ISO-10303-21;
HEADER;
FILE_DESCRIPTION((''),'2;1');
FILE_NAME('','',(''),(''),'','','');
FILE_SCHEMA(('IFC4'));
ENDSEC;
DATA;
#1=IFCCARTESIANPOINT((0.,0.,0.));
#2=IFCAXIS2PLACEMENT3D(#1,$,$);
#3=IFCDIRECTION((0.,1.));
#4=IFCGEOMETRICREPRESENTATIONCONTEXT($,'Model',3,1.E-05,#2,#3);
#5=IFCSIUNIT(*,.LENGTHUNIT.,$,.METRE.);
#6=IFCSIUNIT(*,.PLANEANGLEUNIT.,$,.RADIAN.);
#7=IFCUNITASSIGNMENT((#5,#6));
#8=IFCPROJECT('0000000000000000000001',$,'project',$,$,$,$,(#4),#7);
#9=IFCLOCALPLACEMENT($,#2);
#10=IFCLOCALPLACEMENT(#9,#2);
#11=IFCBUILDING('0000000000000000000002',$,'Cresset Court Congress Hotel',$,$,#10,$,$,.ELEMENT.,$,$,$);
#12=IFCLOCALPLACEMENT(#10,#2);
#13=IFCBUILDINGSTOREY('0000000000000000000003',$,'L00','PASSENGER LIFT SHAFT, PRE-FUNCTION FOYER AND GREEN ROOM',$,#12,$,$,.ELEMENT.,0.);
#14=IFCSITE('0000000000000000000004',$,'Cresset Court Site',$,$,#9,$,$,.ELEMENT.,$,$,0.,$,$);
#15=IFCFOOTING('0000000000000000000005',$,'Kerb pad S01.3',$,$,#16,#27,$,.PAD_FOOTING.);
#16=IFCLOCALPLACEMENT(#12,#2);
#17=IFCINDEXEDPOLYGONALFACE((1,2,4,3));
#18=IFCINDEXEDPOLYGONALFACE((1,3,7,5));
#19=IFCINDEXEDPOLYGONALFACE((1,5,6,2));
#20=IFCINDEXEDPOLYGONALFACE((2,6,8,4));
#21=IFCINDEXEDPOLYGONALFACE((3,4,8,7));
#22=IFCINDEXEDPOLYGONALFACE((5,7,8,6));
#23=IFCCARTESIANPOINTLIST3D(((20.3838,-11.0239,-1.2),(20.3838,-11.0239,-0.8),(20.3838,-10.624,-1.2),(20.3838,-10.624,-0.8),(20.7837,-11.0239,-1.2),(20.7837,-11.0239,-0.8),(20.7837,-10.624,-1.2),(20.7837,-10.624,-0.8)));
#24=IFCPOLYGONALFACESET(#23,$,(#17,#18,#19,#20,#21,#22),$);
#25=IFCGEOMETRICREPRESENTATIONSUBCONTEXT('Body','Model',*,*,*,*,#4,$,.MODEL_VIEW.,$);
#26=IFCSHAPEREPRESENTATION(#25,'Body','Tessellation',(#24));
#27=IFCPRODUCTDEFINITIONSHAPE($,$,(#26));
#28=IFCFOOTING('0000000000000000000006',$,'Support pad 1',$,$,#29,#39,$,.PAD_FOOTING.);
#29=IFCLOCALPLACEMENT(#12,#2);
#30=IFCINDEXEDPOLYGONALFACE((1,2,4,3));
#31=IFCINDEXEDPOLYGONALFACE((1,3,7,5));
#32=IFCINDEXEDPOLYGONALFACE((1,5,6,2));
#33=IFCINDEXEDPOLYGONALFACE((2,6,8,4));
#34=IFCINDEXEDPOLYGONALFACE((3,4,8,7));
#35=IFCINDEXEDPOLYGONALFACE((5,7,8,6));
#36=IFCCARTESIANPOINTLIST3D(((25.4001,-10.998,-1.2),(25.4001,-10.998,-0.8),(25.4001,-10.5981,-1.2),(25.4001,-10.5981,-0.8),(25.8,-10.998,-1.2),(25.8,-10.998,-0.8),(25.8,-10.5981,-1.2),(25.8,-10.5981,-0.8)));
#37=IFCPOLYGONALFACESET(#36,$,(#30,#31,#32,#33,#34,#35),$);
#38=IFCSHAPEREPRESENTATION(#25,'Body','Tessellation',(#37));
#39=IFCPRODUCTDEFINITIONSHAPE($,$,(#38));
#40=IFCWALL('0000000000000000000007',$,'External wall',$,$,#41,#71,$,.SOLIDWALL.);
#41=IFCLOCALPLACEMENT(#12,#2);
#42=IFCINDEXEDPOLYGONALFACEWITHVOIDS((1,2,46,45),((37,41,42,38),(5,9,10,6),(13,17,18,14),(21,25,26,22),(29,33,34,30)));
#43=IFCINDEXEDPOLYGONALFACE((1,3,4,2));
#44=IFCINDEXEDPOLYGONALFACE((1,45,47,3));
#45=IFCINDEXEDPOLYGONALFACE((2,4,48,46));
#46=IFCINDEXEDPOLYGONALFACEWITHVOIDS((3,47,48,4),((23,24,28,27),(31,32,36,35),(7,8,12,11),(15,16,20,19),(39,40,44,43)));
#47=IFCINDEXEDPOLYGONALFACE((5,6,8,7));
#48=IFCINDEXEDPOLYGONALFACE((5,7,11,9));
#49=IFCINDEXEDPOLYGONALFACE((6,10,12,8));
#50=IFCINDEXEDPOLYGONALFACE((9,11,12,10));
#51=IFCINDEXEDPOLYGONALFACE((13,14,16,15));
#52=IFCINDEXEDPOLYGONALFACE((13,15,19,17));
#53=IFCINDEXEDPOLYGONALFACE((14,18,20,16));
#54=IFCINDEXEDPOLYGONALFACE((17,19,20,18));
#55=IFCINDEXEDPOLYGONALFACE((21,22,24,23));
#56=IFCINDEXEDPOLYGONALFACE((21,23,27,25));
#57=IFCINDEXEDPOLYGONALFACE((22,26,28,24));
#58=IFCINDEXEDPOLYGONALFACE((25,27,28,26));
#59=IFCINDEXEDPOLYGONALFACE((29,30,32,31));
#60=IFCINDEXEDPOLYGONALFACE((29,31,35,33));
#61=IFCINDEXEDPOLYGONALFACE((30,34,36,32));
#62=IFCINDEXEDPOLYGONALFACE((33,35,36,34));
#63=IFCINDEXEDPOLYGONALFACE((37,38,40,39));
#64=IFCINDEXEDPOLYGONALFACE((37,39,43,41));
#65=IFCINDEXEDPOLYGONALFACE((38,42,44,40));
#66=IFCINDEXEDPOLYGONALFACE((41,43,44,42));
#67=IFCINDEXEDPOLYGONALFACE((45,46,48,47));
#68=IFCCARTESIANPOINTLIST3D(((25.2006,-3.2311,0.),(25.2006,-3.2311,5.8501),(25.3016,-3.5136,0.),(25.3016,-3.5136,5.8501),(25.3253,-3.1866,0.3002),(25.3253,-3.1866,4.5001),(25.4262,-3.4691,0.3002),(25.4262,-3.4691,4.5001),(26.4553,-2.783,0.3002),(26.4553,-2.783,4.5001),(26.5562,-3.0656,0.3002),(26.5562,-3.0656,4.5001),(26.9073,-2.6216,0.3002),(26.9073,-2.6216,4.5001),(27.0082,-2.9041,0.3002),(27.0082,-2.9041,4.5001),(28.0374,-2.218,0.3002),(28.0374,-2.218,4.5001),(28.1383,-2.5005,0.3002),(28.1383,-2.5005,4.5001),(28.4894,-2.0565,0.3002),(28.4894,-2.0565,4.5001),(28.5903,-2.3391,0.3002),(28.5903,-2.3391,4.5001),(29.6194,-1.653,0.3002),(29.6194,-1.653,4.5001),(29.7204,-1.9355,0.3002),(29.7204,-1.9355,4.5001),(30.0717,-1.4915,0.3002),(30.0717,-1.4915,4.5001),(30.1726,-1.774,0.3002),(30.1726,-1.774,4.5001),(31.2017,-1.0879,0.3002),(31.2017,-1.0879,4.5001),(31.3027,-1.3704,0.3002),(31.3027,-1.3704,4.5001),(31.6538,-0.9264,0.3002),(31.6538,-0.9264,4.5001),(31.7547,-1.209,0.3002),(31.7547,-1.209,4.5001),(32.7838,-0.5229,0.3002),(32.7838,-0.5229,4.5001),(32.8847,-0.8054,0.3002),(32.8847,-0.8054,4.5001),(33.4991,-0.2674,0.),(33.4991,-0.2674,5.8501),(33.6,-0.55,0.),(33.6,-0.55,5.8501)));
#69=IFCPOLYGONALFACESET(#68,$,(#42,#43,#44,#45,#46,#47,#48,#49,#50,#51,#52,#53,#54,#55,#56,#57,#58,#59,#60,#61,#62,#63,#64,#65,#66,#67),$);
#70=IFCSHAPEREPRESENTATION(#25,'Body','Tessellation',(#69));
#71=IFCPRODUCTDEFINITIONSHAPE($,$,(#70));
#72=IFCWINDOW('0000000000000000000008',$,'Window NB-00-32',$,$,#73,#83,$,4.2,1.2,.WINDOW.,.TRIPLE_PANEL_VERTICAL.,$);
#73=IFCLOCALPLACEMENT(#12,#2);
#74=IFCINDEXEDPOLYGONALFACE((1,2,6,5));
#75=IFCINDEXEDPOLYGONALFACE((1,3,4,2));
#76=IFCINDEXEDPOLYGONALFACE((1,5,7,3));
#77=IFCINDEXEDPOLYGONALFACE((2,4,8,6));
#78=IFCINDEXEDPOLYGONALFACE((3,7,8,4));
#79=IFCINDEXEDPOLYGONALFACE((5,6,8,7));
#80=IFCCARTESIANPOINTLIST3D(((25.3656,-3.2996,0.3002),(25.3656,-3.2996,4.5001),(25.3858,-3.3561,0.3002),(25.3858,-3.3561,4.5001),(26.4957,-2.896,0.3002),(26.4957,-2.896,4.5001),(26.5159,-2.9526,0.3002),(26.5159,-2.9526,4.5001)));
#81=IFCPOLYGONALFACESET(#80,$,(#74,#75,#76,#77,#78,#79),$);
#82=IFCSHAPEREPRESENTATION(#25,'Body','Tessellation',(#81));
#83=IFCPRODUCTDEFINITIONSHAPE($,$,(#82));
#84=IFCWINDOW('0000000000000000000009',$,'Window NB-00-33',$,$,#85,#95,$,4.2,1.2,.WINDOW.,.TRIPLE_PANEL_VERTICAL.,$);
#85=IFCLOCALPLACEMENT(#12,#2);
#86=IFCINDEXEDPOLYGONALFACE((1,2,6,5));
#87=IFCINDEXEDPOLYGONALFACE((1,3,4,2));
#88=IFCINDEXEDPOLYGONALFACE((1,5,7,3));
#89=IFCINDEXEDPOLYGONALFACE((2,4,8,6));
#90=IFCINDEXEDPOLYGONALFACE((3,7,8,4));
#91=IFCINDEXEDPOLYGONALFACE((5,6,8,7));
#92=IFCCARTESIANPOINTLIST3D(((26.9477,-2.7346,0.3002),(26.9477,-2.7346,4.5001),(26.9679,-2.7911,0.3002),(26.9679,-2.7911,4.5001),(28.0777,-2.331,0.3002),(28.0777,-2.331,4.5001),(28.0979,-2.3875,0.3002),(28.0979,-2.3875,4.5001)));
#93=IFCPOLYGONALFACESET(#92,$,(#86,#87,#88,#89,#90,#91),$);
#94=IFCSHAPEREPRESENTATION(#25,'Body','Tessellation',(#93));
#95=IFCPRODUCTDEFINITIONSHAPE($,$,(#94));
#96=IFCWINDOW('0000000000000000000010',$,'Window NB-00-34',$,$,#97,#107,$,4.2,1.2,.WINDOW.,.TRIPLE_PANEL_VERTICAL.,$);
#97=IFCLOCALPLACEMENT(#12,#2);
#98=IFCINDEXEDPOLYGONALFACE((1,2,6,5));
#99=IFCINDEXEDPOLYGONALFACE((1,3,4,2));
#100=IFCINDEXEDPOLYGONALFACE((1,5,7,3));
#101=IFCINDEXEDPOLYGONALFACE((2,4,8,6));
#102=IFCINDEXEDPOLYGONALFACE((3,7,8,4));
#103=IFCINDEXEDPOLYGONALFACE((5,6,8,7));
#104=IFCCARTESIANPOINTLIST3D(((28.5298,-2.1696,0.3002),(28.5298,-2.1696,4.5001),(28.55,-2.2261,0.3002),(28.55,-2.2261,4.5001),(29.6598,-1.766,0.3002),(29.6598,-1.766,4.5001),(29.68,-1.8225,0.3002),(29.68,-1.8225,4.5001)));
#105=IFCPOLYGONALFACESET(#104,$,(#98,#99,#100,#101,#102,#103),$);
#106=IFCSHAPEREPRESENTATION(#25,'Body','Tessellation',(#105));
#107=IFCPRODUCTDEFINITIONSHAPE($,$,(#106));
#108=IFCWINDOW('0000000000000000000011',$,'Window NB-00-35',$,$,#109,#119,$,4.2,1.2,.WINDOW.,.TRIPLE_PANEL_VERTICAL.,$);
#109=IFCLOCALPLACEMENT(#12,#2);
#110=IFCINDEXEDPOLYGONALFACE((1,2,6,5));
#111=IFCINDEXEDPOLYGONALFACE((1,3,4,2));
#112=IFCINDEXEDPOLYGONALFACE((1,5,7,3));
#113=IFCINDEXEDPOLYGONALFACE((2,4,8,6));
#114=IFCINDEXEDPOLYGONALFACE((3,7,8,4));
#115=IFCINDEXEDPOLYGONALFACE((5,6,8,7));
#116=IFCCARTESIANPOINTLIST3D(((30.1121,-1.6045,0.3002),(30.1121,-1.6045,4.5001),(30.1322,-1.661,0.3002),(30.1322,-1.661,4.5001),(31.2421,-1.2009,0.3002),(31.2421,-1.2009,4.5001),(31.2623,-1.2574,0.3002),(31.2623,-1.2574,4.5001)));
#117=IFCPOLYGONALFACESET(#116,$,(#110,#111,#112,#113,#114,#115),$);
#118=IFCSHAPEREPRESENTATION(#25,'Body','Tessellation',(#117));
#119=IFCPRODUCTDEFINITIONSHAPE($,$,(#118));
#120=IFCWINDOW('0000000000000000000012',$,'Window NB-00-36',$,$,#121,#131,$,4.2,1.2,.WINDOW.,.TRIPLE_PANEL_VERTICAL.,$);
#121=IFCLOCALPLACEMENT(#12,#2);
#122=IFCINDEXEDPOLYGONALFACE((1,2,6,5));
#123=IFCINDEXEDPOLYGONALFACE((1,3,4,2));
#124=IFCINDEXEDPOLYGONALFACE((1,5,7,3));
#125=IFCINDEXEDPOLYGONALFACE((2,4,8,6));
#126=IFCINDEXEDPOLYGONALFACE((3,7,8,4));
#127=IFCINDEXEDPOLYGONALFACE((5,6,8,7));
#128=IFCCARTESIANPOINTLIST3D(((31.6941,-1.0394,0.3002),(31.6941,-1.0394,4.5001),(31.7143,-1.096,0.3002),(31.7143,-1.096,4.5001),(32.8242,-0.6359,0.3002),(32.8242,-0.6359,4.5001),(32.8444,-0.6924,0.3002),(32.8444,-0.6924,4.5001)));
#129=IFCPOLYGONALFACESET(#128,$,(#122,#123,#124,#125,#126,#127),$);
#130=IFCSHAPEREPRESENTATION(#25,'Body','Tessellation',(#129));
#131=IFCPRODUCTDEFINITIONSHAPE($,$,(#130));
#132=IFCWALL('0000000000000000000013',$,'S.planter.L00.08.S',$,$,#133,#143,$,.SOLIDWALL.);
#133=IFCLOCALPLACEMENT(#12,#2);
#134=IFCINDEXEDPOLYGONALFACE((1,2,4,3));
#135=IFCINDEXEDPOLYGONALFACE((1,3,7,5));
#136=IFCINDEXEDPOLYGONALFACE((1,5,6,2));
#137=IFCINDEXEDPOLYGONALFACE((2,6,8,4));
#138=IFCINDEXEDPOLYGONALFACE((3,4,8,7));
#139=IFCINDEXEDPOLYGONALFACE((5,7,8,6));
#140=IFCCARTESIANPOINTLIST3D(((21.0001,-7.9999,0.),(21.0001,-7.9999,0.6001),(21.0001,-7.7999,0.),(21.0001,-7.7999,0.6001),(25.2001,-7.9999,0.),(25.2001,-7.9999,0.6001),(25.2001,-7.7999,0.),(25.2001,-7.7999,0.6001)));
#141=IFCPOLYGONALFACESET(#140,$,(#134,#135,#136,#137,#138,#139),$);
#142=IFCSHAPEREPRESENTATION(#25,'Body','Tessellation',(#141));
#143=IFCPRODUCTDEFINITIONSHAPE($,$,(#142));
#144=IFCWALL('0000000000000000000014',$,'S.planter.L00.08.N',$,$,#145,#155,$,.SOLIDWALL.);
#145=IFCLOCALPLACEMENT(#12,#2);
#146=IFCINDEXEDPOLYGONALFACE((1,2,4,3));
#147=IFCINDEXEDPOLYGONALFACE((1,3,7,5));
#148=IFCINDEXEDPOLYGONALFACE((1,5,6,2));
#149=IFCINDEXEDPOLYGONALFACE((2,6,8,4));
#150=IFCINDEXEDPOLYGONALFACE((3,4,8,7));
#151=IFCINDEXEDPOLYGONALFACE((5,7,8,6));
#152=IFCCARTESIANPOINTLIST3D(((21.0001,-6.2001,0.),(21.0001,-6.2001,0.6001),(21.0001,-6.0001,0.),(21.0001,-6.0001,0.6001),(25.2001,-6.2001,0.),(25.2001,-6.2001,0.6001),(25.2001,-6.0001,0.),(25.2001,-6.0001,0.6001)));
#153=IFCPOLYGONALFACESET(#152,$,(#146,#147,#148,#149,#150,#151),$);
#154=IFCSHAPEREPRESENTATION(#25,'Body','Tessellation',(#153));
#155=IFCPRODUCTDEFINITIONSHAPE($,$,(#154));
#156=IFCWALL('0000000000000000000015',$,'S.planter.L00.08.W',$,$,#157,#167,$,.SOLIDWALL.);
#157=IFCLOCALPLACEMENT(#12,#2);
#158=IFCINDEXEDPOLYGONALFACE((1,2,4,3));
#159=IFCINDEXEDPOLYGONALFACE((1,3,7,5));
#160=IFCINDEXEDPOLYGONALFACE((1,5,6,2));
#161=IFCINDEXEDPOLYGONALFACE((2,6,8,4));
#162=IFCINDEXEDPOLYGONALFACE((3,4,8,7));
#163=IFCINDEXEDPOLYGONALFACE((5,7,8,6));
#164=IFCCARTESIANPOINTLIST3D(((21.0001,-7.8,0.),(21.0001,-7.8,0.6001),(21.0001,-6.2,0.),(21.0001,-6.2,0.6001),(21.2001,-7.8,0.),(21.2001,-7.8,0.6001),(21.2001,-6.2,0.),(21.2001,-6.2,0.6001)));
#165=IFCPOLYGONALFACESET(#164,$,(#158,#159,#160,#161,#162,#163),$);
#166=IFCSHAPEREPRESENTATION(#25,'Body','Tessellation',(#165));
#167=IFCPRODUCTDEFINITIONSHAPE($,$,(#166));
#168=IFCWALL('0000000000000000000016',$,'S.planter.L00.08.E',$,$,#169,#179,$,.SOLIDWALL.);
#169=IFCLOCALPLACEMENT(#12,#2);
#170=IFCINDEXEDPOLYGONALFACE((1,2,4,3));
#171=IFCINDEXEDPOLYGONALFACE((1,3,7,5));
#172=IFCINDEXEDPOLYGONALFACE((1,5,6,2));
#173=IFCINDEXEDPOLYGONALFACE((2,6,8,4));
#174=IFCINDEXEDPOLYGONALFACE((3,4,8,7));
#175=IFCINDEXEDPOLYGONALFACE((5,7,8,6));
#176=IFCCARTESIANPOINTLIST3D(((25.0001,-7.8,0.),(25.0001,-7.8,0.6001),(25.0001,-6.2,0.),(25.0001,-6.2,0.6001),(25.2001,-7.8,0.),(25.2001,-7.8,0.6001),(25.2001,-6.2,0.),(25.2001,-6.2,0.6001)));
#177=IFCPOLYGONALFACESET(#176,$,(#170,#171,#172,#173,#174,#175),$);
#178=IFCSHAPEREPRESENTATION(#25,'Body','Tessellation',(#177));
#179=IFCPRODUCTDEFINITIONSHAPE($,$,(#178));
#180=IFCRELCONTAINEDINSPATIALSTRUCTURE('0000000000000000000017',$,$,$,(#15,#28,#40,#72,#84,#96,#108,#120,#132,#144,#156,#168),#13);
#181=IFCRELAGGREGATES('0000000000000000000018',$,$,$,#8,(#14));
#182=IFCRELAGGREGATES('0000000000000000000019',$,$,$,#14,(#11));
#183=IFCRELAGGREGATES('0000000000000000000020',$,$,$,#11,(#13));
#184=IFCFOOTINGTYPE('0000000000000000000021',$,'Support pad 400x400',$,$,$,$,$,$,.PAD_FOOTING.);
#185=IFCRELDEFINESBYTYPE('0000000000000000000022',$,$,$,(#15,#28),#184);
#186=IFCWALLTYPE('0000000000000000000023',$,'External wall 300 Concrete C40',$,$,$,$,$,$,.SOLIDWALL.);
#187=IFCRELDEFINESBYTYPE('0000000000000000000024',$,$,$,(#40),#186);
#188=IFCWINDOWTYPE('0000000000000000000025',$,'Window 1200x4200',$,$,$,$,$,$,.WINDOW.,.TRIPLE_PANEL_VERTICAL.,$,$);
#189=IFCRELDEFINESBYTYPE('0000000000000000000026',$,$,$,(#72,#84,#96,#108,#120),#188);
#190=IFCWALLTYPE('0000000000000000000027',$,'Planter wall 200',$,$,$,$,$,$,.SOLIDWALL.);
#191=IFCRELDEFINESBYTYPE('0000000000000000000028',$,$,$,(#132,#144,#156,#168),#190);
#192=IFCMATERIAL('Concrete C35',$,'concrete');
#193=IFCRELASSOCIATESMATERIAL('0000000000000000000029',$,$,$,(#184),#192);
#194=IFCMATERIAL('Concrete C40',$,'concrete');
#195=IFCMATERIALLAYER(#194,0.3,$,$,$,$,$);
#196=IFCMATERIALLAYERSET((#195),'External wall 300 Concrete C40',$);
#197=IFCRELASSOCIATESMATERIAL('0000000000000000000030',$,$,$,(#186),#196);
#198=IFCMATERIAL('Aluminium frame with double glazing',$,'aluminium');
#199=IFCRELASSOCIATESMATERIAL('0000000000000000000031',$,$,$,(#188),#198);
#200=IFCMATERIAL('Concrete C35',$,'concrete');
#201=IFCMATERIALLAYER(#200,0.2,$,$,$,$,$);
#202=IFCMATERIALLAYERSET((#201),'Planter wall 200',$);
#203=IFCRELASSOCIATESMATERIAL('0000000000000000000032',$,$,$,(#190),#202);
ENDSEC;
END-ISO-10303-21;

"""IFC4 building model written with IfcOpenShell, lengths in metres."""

from ifc_helpers import new_model, si_unit, direction, frame, frame_2d, origin, origin_2d, place, context, subcontext, project, spatial, rectangle, extrude, material, layer, layer_set, type_object, element, fill, save


model = new_model("IFC4")

# Units and contexts
model_context = context("Model", 3, precision=1e-05, world=origin(), true_north=direction((0.0, 1.0)))
body_context = subcontext(model_context, "Body", "Model", "MODEL_VIEW")
ifc_project = project(units=[si_unit("LENGTHUNIT", "METRE"), si_unit("PLANEANGLEUNIT", "RADIAN")], contexts=[model_context])

# Site, building, storey
site_placement = place(None, origin())
site = spatial("IfcSite", under=ifc_project, at=site_placement, Name="Cresset Court Site", CompositionType="ELEMENT", RefElevation=0.0)
building_placement = place(site_placement, origin())
building = spatial("IfcBuilding", under=site, at=building_placement, Name="Cresset Court Congress Hotel", CompositionType="ELEMENT")
storey_placement = place(building_placement, origin())
storey = spatial("IfcBuildingStorey", under=building, at=storey_placement, Name="L00", Description="PASSENGER LIFT SHAFT, PRE-FUNCTION FOYER AND GREEN ROOM", CompositionType="ELEMENT", Elevation=0.0)

# Footings
ifc_material_1 = material(Name="Concrete C35", Category="concrete")
footing_type = type_object("IfcFootingType", Name="Support pad 400x400", PredefinedType="PAD_FOOTING", material=ifc_material_1)
for number, where, z_axis, x_axis, name in (
    (1, (20.5837, -10.824, -1.2), (0.0, 0.0, 1.0), (1.0, 0.0, 0.0), "Kerb pad S01.3"),
    (2, (25.6001, -10.7981, -1.2), (0.0, 0.0, 1.0), (1.0, 0.0, 0.0), "Support pad 1"),
):
    element("IfcFooting", number, at=place(storey_placement, frame(where, z_axis=z_axis, x_axis=x_axis)), inside=storey, type_object=footing_type, Name=name, PredefinedType="PAD_FOOTING", context=body_context, shape_type="SweptSolid", body=[
        extrude(rectangle(XDim=0.3999, YDim=0.3999, at=origin_2d()), origin(), (0.0, 0.0, 1.0), 0.3999),
    ])

# Wall, openings, windows
ifc_material_2 = material(Name="Concrete C40", Category="concrete")
ifc_layer_1 = layer(ifc_material_2, 0.3)
ifc_layer_set_1 = layer_set([ifc_layer_1], Name="External wall 300 Concrete C40")
wall_type_1 = type_object("IfcWallType", Name="External wall 300 Concrete C40", PredefinedType="SOLIDWALL", material=ifc_layer_set_1)
wall_placement = place(storey_placement, frame((25.2512, -3.3723, 0.0), z_axis=(0.0, 0.0, 1.0), x_axis=(0.941744, 0.336329, 0.0)))
wall = element("IfcWall", 3, at=wall_placement, inside=storey, type_object=wall_type_1, Name="External wall", PredefinedType="SOLIDWALL", context=body_context, shape_type="SweptSolid", body=[
    extrude(rectangle(XDim=8.8118, YDim=0.3, at=frame_2d((4.4058, 0.0))), origin(), (0.0, 0.0, 1.0), 5.8501),
])
opening_1_placement = place(wall_placement, frame((0.1321, 0.0, 0.3)))
opening_1 = element("IfcOpeningElement", 4, at=opening_1_placement, cuts=wall, PredefinedType="OPENING", context=body_context, shape_type="SweptSolid", body=[
    extrude(rectangle(XDim=1.2, YDim=4.2, at=frame_2d((0.6001, 2.1001))), frame((0.0, 0.1599, 0.0), z_axis=(0.0, -1.0, 0.0), x_axis=(1.0, 0.0, 0.0)), (0.0, 0.0, 1.0), 0.3201),
])
opening_2_placement = place(wall_placement, frame((1.812, 0.0, 0.3)))
opening_2 = element("IfcOpeningElement", 5, at=opening_2_placement, cuts=wall, PredefinedType="OPENING", context=body_context, shape_type="SweptSolid", body=[
    extrude(rectangle(XDim=1.2, YDim=4.2, at=frame_2d((0.6001, 2.1001))), frame((0.0, 0.1599, 0.0), z_axis=(0.0, -1.0, 0.0), x_axis=(1.0, 0.0, 0.0)), (0.0, 0.0, 1.0), 0.3201),
])
opening_3_placement = place(wall_placement, frame((3.4919, 0.0, 0.3)))
opening_3 = element("IfcOpeningElement", 6, at=opening_3_placement, cuts=wall, PredefinedType="OPENING", context=body_context, shape_type="SweptSolid", body=[
    extrude(rectangle(XDim=1.2, YDim=4.2, at=frame_2d((0.6001, 2.1001))), frame((0.0, 0.1599, 0.0), z_axis=(0.0, -1.0, 0.0), x_axis=(1.0, 0.0, 0.0)), (0.0, 0.0, 1.0), 0.3201),
])
opening_4_placement = place(wall_placement, frame((5.1721, 0.0, 0.3)))
opening_4 = element("IfcOpeningElement", 7, at=opening_4_placement, cuts=wall, PredefinedType="OPENING", context=body_context, shape_type="SweptSolid", body=[
    extrude(rectangle(XDim=1.2, YDim=4.2, at=frame_2d((0.6001, 2.1001))), frame((0.0, 0.1599, 0.0), z_axis=(0.0, -1.0, 0.0), x_axis=(1.0, 0.0, 0.0)), (0.0, 0.0, 1.0), 0.3201),
])
opening_5_placement = place(wall_placement, frame((6.8521, 0.0, 0.3)))
opening_5 = element("IfcOpeningElement", 8, at=opening_5_placement, cuts=wall, PredefinedType="OPENING", context=body_context, shape_type="SweptSolid", body=[
    extrude(rectangle(XDim=1.2, YDim=4.2, at=frame_2d((0.6001, 2.1001))), frame((0.0, 0.1599, 0.0), z_axis=(0.0, -1.0, 0.0), x_axis=(1.0, 0.0, 0.0)), (0.0, 0.0, 1.0), 0.3201),
])
ifc_material_3 = material(Name="Aluminium frame with double glazing", Category="aluminium")
window_type = type_object("IfcWindowType", Name="Window 1200x4200", PartitioningType="TRIPLE_PANEL_VERTICAL", PredefinedType="WINDOW", material=ifc_material_3)
window_1_placement = place(opening_1_placement, origin())
window_1 = element("IfcWindow", 9, at=window_1_placement, inside=storey, type_object=window_type, Name="Window NB-00-32", OverallHeight=4.2, OverallWidth=1.2, PartitioningType="TRIPLE_PANEL_VERTICAL", PredefinedType="WINDOW", context=body_context, shape_type="SweptSolid", body=[
    extrude(rectangle(XDim=1.2, YDim=4.2, at=frame_2d((0.6001, 2.1001))), frame((0.0, 0.03, 0.0), z_axis=(0.0, -1.0, 0.0), x_axis=(1.0, 0.0, 0.0)), (0.0, 0.0, 1.0), 0.0601),
])
fill(opening_1, window_1)
window_2_placement = place(opening_2_placement, origin())
window_2 = element("IfcWindow", 10, at=window_2_placement, inside=storey, type_object=window_type, Name="Window NB-00-33", OverallHeight=4.2, OverallWidth=1.2, PartitioningType="TRIPLE_PANEL_VERTICAL", PredefinedType="WINDOW", context=body_context, shape_type="SweptSolid", body=[
    extrude(rectangle(XDim=1.2, YDim=4.2, at=frame_2d((0.6001, 2.1001))), frame((0.0, 0.03, 0.0), z_axis=(0.0, -1.0, 0.0), x_axis=(1.0, 0.0, 0.0)), (0.0, 0.0, 1.0), 0.0601),
])
fill(opening_2, window_2)
window_3_placement = place(opening_3_placement, origin())
window_3 = element("IfcWindow", 11, at=window_3_placement, inside=storey, type_object=window_type, Name="Window NB-00-34", OverallHeight=4.2, OverallWidth=1.2, PartitioningType="TRIPLE_PANEL_VERTICAL", PredefinedType="WINDOW", context=body_context, shape_type="SweptSolid", body=[
    extrude(rectangle(XDim=1.2, YDim=4.2, at=frame_2d((0.6001, 2.1001))), frame((0.0, 0.03, 0.0), z_axis=(0.0, -1.0, 0.0), x_axis=(1.0, 0.0, 0.0)), (0.0, 0.0, 1.0), 0.0601),
])
fill(opening_3, window_3)
window_4_placement = place(opening_4_placement, origin())
window_4 = element("IfcWindow", 12, at=window_4_placement, inside=storey, type_object=window_type, Name="Window NB-00-35", OverallHeight=4.2, OverallWidth=1.2, PartitioningType="TRIPLE_PANEL_VERTICAL", PredefinedType="WINDOW", context=body_context, shape_type="SweptSolid", body=[
    extrude(rectangle(XDim=1.2, YDim=4.2, at=frame_2d((0.6001, 2.1001))), frame((0.0, 0.03, 0.0), z_axis=(0.0, -1.0, 0.0), x_axis=(1.0, 0.0, 0.0)), (0.0, 0.0, 1.0), 0.0601),
])
fill(opening_4, window_4)
window_5_placement = place(opening_5_placement, origin())
window_5 = element("IfcWindow", 13, at=window_5_placement, inside=storey, type_object=window_type, Name="Window NB-00-36", OverallHeight=4.2, OverallWidth=1.2, PartitioningType="TRIPLE_PANEL_VERTICAL", PredefinedType="WINDOW", context=body_context, shape_type="SweptSolid", body=[
    extrude(rectangle(XDim=1.2, YDim=4.2, at=frame_2d((0.6001, 2.1001))), frame((0.0, 0.03, 0.0), z_axis=(0.0, -1.0, 0.0), x_axis=(1.0, 0.0, 0.0)), (0.0, 0.0, 1.0), 0.0601),
])
fill(opening_5, window_5)

# Walls
ifc_material_4 = material(Name="Concrete C35", Category="concrete")
ifc_layer_2 = layer(ifc_material_4, 0.2)
ifc_layer_set_2 = layer_set([ifc_layer_2], Name="Planter wall 200")
wall_type_2 = type_object("IfcWallType", Name="Planter wall 200", PredefinedType="SOLIDWALL", material=ifc_layer_set_2)
for number, where, z_axis, x_axis, name in (
    (14, (21.0, -7.8999, 0.0), (0.0, 0.0, 1.0), (1.0, 0.0, 0.0), "S.planter.L00.08.S"),
    (15, (21.0, -6.1001, 0.0), (0.0, 0.0, 1.0), (1.0, 0.0, 0.0), "S.planter.L00.08.N"),
):
    element("IfcWall", number, at=place(storey_placement, frame(where, z_axis=z_axis, x_axis=x_axis)), inside=storey, type_object=wall_type_2, Name=name, PredefinedType="SOLIDWALL", context=body_context, shape_type="SweptSolid", body=[
        extrude(rectangle(XDim=4.2, YDim=0.2, at=frame_2d((2.1001, 0.0))), origin(), (0.0, 0.0, 1.0), 0.6001),
    ])
for number, where, z_axis, x_axis, name in (
    (16, (21.1001, -7.8, 0.0), (0.0, 0.0, 1.0), (0.0, 1.0, 0.0), "S.planter.L00.08.W"),
    (17, (25.1001, -7.8, 0.0), (0.0, 0.0, 1.0), (0.0, 1.0, 0.0), "S.planter.L00.08.E"),
):
    element("IfcWall", number, at=place(storey_placement, frame(where, z_axis=z_axis, x_axis=x_axis)), inside=storey, type_object=wall_type_2, Name=name, PredefinedType="SOLIDWALL", context=body_context, shape_type="SweptSolid", body=[
        extrude(rectangle(XDim=1.6001, YDim=0.2, at=frame_2d((0.8, 0.0))), origin(), (0.0, 0.0, 1.0), 0.6001),
    ])

save(model, "model.ifc")
